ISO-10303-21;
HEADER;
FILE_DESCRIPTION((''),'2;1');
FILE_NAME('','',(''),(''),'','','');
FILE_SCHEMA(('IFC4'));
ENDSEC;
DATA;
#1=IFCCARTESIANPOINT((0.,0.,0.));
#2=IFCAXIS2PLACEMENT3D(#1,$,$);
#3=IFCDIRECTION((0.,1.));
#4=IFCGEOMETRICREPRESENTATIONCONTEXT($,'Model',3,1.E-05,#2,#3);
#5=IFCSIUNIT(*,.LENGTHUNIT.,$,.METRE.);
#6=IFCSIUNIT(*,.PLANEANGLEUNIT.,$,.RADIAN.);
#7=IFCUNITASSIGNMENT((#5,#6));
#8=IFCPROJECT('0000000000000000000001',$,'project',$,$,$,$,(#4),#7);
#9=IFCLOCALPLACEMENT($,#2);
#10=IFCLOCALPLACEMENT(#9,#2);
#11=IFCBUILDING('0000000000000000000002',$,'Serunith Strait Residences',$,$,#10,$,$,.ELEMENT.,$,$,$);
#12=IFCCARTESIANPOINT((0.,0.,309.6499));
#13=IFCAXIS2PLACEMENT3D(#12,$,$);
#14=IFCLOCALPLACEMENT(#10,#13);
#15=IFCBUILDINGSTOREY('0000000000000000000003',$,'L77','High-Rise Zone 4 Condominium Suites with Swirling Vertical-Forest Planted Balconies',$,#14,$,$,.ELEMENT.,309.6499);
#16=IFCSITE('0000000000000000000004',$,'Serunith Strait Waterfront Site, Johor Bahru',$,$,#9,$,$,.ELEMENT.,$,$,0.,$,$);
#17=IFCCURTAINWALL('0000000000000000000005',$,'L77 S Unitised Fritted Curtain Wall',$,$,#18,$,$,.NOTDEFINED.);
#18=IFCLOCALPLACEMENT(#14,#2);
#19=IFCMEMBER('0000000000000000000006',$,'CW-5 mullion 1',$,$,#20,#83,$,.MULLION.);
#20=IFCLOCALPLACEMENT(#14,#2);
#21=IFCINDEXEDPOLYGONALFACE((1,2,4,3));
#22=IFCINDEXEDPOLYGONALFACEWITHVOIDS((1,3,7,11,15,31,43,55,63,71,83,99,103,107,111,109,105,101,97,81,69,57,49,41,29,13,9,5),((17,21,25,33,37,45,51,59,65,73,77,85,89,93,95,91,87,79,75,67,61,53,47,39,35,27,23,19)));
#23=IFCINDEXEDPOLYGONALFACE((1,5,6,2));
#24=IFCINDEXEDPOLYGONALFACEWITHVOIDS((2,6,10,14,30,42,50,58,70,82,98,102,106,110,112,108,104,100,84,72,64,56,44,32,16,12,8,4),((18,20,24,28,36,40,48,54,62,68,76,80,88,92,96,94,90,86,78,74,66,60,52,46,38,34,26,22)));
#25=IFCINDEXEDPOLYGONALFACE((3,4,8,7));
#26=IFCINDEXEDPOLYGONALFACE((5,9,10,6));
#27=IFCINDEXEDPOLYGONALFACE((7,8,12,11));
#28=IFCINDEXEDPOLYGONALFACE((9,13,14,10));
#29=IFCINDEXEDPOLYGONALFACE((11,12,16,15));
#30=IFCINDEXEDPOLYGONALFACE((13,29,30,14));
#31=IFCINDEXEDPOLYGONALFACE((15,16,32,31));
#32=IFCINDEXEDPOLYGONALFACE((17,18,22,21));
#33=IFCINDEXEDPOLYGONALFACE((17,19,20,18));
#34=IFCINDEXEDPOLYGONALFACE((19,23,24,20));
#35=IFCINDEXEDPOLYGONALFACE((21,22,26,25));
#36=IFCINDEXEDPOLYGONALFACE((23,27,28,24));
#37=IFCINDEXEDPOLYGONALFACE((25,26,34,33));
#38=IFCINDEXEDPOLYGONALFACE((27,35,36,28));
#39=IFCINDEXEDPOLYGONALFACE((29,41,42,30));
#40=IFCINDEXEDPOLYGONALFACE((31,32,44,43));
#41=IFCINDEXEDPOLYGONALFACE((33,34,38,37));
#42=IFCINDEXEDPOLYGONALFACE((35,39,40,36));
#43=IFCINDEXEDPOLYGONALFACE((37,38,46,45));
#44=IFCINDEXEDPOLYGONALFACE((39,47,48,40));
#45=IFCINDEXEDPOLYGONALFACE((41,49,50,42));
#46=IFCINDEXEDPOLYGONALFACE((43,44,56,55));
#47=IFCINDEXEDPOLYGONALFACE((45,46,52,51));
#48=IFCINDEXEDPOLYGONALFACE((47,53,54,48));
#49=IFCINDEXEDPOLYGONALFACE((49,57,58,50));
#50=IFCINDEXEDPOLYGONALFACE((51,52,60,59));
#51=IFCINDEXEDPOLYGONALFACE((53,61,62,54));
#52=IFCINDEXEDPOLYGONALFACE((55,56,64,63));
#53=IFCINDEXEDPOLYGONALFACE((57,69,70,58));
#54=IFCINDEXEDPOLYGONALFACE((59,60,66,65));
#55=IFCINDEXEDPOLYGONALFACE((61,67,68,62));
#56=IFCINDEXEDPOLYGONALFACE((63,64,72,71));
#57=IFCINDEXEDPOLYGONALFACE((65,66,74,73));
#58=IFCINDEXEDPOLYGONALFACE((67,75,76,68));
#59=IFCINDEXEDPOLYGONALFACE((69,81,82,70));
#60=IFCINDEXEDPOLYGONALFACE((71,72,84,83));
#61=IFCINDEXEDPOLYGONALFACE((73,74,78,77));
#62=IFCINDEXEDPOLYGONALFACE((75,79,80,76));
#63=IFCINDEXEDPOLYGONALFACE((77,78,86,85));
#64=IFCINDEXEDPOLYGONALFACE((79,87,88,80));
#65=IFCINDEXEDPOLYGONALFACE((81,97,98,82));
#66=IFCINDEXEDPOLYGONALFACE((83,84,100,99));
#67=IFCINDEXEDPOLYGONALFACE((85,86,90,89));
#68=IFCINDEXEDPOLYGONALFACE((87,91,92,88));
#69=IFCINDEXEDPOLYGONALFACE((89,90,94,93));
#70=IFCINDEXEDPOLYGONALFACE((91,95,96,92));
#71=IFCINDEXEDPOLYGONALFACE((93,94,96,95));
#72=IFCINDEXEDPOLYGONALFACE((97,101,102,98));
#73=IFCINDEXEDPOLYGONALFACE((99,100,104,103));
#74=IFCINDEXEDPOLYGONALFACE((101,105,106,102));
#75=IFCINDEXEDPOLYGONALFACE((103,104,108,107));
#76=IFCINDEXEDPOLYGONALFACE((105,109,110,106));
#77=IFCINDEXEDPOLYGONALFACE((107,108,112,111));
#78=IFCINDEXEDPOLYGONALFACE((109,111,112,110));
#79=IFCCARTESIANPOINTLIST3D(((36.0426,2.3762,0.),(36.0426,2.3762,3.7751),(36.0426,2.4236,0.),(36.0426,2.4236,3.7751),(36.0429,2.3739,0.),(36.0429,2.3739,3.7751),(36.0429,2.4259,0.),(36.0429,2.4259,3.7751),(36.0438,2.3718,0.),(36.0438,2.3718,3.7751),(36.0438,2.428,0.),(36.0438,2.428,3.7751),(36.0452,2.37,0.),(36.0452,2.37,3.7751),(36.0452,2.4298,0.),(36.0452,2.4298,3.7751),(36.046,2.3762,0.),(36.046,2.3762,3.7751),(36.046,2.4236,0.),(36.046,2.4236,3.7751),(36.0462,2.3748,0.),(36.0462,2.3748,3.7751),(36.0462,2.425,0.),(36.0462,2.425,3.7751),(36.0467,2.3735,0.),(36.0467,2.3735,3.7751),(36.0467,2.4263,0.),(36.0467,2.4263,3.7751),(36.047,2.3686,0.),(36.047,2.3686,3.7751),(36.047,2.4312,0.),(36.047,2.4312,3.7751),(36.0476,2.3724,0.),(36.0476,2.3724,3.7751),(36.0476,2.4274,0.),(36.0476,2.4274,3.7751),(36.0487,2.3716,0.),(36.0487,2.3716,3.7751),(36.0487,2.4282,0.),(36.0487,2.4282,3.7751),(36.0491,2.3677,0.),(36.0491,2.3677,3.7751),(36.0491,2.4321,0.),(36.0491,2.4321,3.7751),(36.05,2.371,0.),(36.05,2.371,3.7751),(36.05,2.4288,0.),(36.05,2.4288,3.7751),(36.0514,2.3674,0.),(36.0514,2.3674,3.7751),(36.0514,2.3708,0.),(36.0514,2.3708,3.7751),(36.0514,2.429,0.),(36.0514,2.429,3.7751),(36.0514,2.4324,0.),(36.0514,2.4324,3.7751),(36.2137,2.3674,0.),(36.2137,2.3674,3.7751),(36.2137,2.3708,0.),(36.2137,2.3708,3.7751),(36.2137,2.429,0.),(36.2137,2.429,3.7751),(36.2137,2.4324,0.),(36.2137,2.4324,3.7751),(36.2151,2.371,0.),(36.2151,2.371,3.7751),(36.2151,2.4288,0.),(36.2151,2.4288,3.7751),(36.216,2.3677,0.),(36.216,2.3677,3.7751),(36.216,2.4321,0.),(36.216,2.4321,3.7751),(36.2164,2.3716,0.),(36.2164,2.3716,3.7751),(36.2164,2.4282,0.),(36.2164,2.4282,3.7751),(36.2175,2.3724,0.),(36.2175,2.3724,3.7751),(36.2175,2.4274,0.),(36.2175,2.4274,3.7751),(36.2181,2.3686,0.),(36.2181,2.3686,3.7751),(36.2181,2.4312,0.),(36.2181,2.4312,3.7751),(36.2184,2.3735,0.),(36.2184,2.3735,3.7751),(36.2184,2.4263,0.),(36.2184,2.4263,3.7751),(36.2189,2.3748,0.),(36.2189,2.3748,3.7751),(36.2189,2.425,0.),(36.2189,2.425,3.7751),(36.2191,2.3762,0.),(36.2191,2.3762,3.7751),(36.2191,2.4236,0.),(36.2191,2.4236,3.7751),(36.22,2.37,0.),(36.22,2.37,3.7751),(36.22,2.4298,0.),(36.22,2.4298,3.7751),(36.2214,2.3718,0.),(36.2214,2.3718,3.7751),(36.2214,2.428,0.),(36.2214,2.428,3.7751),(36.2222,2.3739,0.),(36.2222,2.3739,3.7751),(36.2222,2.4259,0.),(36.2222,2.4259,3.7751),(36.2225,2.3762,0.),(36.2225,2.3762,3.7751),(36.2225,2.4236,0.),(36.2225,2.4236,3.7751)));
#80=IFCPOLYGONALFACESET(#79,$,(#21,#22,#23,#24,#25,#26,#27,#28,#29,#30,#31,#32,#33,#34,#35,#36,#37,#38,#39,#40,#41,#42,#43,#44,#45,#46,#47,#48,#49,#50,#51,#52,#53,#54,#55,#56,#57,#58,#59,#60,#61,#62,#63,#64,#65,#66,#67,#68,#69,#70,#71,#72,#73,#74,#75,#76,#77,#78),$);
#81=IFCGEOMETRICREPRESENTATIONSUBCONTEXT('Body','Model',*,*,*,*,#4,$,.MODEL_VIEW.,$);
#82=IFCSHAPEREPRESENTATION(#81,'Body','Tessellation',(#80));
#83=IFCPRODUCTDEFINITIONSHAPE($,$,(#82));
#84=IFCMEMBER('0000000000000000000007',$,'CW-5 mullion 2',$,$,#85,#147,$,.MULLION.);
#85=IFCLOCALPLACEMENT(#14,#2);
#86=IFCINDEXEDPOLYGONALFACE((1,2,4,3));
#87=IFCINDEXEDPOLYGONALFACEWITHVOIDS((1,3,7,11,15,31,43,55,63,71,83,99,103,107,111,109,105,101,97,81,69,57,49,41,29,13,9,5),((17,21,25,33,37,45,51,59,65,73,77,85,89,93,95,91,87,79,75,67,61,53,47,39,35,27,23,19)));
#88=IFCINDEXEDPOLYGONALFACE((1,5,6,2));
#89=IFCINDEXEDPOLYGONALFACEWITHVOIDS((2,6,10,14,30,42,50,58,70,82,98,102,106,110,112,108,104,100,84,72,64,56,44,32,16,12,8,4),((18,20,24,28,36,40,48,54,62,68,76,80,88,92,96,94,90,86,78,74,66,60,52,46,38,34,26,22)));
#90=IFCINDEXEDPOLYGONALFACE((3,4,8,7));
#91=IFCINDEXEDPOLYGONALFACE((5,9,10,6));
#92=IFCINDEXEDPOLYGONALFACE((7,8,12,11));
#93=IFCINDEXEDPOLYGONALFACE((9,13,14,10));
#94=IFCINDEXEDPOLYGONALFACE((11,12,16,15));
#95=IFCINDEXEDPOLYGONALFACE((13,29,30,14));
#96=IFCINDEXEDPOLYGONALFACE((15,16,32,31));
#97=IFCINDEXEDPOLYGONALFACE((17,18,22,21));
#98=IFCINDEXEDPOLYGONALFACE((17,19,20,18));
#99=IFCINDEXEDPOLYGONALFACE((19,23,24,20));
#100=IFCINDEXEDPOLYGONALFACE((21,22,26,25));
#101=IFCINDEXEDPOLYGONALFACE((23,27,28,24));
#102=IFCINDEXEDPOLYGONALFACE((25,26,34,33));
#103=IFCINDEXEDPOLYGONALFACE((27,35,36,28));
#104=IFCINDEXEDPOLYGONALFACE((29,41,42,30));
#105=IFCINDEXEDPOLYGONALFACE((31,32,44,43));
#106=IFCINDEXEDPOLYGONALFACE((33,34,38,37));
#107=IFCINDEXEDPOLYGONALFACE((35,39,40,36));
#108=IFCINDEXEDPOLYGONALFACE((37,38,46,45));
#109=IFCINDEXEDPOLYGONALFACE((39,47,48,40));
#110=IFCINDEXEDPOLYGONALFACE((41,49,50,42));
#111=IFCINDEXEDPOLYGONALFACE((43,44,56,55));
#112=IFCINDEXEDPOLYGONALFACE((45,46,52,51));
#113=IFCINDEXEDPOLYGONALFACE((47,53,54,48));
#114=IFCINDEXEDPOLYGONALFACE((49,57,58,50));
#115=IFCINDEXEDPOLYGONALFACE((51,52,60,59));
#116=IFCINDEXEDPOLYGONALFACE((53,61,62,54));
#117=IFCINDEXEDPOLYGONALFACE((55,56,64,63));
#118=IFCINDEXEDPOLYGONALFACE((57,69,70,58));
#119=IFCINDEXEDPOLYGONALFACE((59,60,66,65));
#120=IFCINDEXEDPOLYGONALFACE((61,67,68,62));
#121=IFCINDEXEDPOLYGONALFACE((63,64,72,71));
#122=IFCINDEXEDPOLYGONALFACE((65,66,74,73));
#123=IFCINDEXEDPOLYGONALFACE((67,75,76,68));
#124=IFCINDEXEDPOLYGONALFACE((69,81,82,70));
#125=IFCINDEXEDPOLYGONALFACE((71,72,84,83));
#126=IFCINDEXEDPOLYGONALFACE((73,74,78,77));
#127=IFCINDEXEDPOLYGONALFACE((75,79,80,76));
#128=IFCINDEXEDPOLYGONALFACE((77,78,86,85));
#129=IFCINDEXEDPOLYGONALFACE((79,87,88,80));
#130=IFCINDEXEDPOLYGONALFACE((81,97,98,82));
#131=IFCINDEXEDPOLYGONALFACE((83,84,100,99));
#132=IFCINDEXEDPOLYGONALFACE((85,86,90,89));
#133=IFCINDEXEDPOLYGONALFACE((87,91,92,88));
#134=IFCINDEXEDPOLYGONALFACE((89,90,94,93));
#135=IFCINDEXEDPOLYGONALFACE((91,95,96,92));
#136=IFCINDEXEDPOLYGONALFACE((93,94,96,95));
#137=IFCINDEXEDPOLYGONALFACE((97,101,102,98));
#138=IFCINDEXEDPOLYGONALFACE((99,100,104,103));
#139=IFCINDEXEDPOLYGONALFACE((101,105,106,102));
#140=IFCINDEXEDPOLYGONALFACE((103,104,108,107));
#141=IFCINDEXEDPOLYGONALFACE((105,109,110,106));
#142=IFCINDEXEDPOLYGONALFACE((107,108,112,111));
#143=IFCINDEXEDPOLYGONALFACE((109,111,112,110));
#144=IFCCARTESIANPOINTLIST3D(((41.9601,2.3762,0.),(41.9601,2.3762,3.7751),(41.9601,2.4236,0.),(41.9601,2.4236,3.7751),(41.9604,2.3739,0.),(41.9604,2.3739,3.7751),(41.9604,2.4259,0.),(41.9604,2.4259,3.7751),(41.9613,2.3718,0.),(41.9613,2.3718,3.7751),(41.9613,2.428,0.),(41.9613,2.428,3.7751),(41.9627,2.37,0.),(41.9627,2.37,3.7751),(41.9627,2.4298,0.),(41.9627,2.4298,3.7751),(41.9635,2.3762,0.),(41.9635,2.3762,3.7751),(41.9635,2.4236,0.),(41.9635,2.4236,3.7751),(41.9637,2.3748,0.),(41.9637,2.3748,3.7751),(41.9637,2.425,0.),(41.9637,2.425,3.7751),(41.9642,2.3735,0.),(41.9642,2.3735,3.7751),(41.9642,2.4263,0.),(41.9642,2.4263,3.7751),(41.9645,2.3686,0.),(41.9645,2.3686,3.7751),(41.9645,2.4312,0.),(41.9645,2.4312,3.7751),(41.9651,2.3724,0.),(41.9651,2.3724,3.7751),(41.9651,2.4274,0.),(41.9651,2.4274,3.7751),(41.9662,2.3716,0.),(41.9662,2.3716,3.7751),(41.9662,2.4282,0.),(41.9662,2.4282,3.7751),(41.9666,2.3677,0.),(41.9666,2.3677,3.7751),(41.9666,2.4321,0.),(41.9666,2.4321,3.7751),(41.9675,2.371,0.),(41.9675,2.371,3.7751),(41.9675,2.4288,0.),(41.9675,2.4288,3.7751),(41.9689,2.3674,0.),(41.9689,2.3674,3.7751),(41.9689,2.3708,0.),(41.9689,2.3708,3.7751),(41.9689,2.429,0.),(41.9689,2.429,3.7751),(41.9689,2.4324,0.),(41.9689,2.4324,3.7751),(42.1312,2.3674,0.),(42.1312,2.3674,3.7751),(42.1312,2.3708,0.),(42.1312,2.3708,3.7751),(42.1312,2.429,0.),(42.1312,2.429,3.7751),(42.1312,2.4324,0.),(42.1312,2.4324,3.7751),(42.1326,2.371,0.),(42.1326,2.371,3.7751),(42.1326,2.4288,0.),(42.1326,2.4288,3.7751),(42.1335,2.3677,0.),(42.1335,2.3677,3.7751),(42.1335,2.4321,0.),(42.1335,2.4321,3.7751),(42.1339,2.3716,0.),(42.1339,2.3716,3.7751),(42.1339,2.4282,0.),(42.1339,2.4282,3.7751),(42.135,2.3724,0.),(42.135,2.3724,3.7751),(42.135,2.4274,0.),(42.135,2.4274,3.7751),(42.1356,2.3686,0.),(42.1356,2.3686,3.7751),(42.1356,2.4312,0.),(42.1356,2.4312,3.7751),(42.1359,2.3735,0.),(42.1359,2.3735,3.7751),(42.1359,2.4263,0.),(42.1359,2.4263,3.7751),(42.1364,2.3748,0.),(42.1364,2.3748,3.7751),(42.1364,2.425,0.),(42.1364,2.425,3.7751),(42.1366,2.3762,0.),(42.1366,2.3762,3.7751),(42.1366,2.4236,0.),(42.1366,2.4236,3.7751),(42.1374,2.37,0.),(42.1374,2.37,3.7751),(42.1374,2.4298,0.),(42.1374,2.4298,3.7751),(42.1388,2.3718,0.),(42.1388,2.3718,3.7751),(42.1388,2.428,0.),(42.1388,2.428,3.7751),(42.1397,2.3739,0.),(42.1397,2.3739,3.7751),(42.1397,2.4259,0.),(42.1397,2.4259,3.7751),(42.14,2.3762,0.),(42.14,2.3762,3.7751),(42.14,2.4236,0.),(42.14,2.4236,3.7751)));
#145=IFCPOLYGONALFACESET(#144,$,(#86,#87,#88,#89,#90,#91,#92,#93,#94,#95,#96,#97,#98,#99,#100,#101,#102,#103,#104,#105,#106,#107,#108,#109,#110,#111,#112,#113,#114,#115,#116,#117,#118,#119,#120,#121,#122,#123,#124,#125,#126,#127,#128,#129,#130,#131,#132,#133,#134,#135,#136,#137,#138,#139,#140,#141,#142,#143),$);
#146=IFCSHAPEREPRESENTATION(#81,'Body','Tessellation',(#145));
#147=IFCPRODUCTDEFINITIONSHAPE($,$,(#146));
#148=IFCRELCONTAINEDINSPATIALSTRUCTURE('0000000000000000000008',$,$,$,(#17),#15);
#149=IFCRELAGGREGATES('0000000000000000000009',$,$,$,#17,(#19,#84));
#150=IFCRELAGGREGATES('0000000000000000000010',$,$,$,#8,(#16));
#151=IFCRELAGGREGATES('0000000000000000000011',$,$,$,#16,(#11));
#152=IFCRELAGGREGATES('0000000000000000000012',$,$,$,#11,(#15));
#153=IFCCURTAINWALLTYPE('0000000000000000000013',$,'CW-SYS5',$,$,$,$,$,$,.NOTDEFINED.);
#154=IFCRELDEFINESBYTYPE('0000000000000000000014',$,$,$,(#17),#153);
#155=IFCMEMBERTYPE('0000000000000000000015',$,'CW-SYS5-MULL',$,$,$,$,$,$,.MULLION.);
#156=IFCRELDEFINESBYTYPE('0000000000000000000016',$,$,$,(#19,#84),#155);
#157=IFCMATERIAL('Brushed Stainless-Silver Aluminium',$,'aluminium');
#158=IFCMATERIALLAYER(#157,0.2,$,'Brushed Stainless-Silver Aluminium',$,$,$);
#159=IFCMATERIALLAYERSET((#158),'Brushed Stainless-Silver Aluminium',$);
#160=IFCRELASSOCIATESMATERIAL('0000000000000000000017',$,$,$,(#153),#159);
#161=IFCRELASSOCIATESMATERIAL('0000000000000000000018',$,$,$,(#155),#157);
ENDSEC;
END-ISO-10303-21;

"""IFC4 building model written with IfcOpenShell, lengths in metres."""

from ifc_helpers import new_model, si_unit, direction, frame, origin, origin_2d, place, context, subcontext, project, spatial, hollow_rectangle, extrude, source, transform, mapped, material, layer, layer_set, material_profile, profile_set, type_object, element, aggregate, save


model = new_model("IFC4")

# Units and contexts
model_context = context("Model", 3, precision=1e-05, world=origin(), true_north=direction((0.0, 1.0)))
body_context = subcontext(model_context, "Body", "Model", "MODEL_VIEW")
ifc_project = project(units=[si_unit("LENGTHUNIT", "METRE"), si_unit("PLANEANGLEUNIT", "RADIAN")], contexts=[model_context])

# Site, building, storey
site_placement = place(None, origin())
site = spatial("IfcSite", under=ifc_project, at=site_placement, Name="Serunith Strait Waterfront Site, Johor Bahru", CompositionType="ELEMENT", RefElevation=0.0)
building_placement = place(site_placement, origin())
building = spatial("IfcBuilding", under=site, at=building_placement, Name="Serunith Strait Residences", CompositionType="ELEMENT")
storey_placement = place(building_placement, frame((0.0, 0.0, 309.6499)))
storey = spatial("IfcBuildingStorey", under=building, at=storey_placement, Name="L77", Description="High-Rise Zone 4 Condominium Suites with Swirling Vertical-Forest Planted Balconies", CompositionType="ELEMENT", Elevation=309.6499)

# Shared definitions
ifc_material_1 = material(Name="Brushed Stainless-Silver Aluminium", Category="aluminium")
ifc_layer_1 = layer(ifc_material_1, 0.2, Name="Brushed Stainless-Silver Aluminium")
ifc_layer_set_1 = layer_set([ifc_layer_1], Name="Brushed Stainless-Silver Aluminium")
curtain_wall_type = type_object("IfcCurtainWallType", Name="CW-SYS5", PredefinedType="NOTDEFINED", material=ifc_layer_set_1)
ifc_material_profile_1 = material_profile(ifc_material_1, hollow_rectangle(XDim=0.0649, YDim=0.1799, WallThickness=0.0034, InnerFilletRadius=0.0054, OuterFilletRadius=0.0088, at=origin_2d()), Name="ALU 180x65x3.5")
ifc_profile_set_1 = profile_set([ifc_material_profile_1], Name="Brushed Stainless-Silver Aluminium")
member_type_1 = type_object("IfcMemberType", Name="CW-SYS5-MULL", PredefinedType="MULLION", material=ifc_profile_set_1)
shared_shape_1 = source(origin(), body_context, "Body", "SweptSolid", [
    extrude(hollow_rectangle(XDim=0.0649, YDim=0.1799, WallThickness=0.0034, InnerFilletRadius=0.0054, OuterFilletRadius=0.0088, at=origin_2d()), origin(), (0.0, 0.0, 1.0), 3.7751),
])

# Curtain wall, members
curtain_wall_1_placement = place(storey_placement, origin())
curtain_wall_1 = element("IfcCurtainWall", 1, at=curtain_wall_1_placement, inside=storey, type_object=curtain_wall_type, Name="L77 S Unitised Fritted Curtain Wall", PredefinedType="NOTDEFINED")
member_1_placement = place(storey_placement, frame((36.1326, 2.3999, 0.0), z_axis=(0.0, 0.0, 1.0), x_axis=(0.0, 1.0, 0.0)))
member_1 = element("IfcMember", 2, at=member_1_placement, type_object=member_type_1, Name="CW-5 mullion 1", PredefinedType="MULLION", context=body_context, shape_type="MappedRepresentation", body=[
    mapped(shared_shape_1, transform((0.0, 0.0, 0.0), scale=1.0)),
])
member_2_placement = place(storey_placement, frame((42.05, 2.3999, 0.0), z_axis=(0.0, 0.0, 1.0), x_axis=(0.0, 1.0, 0.0)))
member_2 = element("IfcMember", 3, at=member_2_placement, type_object=member_type_1, Name="CW-5 mullion 2", PredefinedType="MULLION", context=body_context, shape_type="MappedRepresentation", body=[
    mapped(shared_shape_1, transform((0.0, 0.0, 0.0), scale=1.0)),
])
aggregate(curtain_wall_1, [member_1, member_2])

save(model, "model.ifc")
